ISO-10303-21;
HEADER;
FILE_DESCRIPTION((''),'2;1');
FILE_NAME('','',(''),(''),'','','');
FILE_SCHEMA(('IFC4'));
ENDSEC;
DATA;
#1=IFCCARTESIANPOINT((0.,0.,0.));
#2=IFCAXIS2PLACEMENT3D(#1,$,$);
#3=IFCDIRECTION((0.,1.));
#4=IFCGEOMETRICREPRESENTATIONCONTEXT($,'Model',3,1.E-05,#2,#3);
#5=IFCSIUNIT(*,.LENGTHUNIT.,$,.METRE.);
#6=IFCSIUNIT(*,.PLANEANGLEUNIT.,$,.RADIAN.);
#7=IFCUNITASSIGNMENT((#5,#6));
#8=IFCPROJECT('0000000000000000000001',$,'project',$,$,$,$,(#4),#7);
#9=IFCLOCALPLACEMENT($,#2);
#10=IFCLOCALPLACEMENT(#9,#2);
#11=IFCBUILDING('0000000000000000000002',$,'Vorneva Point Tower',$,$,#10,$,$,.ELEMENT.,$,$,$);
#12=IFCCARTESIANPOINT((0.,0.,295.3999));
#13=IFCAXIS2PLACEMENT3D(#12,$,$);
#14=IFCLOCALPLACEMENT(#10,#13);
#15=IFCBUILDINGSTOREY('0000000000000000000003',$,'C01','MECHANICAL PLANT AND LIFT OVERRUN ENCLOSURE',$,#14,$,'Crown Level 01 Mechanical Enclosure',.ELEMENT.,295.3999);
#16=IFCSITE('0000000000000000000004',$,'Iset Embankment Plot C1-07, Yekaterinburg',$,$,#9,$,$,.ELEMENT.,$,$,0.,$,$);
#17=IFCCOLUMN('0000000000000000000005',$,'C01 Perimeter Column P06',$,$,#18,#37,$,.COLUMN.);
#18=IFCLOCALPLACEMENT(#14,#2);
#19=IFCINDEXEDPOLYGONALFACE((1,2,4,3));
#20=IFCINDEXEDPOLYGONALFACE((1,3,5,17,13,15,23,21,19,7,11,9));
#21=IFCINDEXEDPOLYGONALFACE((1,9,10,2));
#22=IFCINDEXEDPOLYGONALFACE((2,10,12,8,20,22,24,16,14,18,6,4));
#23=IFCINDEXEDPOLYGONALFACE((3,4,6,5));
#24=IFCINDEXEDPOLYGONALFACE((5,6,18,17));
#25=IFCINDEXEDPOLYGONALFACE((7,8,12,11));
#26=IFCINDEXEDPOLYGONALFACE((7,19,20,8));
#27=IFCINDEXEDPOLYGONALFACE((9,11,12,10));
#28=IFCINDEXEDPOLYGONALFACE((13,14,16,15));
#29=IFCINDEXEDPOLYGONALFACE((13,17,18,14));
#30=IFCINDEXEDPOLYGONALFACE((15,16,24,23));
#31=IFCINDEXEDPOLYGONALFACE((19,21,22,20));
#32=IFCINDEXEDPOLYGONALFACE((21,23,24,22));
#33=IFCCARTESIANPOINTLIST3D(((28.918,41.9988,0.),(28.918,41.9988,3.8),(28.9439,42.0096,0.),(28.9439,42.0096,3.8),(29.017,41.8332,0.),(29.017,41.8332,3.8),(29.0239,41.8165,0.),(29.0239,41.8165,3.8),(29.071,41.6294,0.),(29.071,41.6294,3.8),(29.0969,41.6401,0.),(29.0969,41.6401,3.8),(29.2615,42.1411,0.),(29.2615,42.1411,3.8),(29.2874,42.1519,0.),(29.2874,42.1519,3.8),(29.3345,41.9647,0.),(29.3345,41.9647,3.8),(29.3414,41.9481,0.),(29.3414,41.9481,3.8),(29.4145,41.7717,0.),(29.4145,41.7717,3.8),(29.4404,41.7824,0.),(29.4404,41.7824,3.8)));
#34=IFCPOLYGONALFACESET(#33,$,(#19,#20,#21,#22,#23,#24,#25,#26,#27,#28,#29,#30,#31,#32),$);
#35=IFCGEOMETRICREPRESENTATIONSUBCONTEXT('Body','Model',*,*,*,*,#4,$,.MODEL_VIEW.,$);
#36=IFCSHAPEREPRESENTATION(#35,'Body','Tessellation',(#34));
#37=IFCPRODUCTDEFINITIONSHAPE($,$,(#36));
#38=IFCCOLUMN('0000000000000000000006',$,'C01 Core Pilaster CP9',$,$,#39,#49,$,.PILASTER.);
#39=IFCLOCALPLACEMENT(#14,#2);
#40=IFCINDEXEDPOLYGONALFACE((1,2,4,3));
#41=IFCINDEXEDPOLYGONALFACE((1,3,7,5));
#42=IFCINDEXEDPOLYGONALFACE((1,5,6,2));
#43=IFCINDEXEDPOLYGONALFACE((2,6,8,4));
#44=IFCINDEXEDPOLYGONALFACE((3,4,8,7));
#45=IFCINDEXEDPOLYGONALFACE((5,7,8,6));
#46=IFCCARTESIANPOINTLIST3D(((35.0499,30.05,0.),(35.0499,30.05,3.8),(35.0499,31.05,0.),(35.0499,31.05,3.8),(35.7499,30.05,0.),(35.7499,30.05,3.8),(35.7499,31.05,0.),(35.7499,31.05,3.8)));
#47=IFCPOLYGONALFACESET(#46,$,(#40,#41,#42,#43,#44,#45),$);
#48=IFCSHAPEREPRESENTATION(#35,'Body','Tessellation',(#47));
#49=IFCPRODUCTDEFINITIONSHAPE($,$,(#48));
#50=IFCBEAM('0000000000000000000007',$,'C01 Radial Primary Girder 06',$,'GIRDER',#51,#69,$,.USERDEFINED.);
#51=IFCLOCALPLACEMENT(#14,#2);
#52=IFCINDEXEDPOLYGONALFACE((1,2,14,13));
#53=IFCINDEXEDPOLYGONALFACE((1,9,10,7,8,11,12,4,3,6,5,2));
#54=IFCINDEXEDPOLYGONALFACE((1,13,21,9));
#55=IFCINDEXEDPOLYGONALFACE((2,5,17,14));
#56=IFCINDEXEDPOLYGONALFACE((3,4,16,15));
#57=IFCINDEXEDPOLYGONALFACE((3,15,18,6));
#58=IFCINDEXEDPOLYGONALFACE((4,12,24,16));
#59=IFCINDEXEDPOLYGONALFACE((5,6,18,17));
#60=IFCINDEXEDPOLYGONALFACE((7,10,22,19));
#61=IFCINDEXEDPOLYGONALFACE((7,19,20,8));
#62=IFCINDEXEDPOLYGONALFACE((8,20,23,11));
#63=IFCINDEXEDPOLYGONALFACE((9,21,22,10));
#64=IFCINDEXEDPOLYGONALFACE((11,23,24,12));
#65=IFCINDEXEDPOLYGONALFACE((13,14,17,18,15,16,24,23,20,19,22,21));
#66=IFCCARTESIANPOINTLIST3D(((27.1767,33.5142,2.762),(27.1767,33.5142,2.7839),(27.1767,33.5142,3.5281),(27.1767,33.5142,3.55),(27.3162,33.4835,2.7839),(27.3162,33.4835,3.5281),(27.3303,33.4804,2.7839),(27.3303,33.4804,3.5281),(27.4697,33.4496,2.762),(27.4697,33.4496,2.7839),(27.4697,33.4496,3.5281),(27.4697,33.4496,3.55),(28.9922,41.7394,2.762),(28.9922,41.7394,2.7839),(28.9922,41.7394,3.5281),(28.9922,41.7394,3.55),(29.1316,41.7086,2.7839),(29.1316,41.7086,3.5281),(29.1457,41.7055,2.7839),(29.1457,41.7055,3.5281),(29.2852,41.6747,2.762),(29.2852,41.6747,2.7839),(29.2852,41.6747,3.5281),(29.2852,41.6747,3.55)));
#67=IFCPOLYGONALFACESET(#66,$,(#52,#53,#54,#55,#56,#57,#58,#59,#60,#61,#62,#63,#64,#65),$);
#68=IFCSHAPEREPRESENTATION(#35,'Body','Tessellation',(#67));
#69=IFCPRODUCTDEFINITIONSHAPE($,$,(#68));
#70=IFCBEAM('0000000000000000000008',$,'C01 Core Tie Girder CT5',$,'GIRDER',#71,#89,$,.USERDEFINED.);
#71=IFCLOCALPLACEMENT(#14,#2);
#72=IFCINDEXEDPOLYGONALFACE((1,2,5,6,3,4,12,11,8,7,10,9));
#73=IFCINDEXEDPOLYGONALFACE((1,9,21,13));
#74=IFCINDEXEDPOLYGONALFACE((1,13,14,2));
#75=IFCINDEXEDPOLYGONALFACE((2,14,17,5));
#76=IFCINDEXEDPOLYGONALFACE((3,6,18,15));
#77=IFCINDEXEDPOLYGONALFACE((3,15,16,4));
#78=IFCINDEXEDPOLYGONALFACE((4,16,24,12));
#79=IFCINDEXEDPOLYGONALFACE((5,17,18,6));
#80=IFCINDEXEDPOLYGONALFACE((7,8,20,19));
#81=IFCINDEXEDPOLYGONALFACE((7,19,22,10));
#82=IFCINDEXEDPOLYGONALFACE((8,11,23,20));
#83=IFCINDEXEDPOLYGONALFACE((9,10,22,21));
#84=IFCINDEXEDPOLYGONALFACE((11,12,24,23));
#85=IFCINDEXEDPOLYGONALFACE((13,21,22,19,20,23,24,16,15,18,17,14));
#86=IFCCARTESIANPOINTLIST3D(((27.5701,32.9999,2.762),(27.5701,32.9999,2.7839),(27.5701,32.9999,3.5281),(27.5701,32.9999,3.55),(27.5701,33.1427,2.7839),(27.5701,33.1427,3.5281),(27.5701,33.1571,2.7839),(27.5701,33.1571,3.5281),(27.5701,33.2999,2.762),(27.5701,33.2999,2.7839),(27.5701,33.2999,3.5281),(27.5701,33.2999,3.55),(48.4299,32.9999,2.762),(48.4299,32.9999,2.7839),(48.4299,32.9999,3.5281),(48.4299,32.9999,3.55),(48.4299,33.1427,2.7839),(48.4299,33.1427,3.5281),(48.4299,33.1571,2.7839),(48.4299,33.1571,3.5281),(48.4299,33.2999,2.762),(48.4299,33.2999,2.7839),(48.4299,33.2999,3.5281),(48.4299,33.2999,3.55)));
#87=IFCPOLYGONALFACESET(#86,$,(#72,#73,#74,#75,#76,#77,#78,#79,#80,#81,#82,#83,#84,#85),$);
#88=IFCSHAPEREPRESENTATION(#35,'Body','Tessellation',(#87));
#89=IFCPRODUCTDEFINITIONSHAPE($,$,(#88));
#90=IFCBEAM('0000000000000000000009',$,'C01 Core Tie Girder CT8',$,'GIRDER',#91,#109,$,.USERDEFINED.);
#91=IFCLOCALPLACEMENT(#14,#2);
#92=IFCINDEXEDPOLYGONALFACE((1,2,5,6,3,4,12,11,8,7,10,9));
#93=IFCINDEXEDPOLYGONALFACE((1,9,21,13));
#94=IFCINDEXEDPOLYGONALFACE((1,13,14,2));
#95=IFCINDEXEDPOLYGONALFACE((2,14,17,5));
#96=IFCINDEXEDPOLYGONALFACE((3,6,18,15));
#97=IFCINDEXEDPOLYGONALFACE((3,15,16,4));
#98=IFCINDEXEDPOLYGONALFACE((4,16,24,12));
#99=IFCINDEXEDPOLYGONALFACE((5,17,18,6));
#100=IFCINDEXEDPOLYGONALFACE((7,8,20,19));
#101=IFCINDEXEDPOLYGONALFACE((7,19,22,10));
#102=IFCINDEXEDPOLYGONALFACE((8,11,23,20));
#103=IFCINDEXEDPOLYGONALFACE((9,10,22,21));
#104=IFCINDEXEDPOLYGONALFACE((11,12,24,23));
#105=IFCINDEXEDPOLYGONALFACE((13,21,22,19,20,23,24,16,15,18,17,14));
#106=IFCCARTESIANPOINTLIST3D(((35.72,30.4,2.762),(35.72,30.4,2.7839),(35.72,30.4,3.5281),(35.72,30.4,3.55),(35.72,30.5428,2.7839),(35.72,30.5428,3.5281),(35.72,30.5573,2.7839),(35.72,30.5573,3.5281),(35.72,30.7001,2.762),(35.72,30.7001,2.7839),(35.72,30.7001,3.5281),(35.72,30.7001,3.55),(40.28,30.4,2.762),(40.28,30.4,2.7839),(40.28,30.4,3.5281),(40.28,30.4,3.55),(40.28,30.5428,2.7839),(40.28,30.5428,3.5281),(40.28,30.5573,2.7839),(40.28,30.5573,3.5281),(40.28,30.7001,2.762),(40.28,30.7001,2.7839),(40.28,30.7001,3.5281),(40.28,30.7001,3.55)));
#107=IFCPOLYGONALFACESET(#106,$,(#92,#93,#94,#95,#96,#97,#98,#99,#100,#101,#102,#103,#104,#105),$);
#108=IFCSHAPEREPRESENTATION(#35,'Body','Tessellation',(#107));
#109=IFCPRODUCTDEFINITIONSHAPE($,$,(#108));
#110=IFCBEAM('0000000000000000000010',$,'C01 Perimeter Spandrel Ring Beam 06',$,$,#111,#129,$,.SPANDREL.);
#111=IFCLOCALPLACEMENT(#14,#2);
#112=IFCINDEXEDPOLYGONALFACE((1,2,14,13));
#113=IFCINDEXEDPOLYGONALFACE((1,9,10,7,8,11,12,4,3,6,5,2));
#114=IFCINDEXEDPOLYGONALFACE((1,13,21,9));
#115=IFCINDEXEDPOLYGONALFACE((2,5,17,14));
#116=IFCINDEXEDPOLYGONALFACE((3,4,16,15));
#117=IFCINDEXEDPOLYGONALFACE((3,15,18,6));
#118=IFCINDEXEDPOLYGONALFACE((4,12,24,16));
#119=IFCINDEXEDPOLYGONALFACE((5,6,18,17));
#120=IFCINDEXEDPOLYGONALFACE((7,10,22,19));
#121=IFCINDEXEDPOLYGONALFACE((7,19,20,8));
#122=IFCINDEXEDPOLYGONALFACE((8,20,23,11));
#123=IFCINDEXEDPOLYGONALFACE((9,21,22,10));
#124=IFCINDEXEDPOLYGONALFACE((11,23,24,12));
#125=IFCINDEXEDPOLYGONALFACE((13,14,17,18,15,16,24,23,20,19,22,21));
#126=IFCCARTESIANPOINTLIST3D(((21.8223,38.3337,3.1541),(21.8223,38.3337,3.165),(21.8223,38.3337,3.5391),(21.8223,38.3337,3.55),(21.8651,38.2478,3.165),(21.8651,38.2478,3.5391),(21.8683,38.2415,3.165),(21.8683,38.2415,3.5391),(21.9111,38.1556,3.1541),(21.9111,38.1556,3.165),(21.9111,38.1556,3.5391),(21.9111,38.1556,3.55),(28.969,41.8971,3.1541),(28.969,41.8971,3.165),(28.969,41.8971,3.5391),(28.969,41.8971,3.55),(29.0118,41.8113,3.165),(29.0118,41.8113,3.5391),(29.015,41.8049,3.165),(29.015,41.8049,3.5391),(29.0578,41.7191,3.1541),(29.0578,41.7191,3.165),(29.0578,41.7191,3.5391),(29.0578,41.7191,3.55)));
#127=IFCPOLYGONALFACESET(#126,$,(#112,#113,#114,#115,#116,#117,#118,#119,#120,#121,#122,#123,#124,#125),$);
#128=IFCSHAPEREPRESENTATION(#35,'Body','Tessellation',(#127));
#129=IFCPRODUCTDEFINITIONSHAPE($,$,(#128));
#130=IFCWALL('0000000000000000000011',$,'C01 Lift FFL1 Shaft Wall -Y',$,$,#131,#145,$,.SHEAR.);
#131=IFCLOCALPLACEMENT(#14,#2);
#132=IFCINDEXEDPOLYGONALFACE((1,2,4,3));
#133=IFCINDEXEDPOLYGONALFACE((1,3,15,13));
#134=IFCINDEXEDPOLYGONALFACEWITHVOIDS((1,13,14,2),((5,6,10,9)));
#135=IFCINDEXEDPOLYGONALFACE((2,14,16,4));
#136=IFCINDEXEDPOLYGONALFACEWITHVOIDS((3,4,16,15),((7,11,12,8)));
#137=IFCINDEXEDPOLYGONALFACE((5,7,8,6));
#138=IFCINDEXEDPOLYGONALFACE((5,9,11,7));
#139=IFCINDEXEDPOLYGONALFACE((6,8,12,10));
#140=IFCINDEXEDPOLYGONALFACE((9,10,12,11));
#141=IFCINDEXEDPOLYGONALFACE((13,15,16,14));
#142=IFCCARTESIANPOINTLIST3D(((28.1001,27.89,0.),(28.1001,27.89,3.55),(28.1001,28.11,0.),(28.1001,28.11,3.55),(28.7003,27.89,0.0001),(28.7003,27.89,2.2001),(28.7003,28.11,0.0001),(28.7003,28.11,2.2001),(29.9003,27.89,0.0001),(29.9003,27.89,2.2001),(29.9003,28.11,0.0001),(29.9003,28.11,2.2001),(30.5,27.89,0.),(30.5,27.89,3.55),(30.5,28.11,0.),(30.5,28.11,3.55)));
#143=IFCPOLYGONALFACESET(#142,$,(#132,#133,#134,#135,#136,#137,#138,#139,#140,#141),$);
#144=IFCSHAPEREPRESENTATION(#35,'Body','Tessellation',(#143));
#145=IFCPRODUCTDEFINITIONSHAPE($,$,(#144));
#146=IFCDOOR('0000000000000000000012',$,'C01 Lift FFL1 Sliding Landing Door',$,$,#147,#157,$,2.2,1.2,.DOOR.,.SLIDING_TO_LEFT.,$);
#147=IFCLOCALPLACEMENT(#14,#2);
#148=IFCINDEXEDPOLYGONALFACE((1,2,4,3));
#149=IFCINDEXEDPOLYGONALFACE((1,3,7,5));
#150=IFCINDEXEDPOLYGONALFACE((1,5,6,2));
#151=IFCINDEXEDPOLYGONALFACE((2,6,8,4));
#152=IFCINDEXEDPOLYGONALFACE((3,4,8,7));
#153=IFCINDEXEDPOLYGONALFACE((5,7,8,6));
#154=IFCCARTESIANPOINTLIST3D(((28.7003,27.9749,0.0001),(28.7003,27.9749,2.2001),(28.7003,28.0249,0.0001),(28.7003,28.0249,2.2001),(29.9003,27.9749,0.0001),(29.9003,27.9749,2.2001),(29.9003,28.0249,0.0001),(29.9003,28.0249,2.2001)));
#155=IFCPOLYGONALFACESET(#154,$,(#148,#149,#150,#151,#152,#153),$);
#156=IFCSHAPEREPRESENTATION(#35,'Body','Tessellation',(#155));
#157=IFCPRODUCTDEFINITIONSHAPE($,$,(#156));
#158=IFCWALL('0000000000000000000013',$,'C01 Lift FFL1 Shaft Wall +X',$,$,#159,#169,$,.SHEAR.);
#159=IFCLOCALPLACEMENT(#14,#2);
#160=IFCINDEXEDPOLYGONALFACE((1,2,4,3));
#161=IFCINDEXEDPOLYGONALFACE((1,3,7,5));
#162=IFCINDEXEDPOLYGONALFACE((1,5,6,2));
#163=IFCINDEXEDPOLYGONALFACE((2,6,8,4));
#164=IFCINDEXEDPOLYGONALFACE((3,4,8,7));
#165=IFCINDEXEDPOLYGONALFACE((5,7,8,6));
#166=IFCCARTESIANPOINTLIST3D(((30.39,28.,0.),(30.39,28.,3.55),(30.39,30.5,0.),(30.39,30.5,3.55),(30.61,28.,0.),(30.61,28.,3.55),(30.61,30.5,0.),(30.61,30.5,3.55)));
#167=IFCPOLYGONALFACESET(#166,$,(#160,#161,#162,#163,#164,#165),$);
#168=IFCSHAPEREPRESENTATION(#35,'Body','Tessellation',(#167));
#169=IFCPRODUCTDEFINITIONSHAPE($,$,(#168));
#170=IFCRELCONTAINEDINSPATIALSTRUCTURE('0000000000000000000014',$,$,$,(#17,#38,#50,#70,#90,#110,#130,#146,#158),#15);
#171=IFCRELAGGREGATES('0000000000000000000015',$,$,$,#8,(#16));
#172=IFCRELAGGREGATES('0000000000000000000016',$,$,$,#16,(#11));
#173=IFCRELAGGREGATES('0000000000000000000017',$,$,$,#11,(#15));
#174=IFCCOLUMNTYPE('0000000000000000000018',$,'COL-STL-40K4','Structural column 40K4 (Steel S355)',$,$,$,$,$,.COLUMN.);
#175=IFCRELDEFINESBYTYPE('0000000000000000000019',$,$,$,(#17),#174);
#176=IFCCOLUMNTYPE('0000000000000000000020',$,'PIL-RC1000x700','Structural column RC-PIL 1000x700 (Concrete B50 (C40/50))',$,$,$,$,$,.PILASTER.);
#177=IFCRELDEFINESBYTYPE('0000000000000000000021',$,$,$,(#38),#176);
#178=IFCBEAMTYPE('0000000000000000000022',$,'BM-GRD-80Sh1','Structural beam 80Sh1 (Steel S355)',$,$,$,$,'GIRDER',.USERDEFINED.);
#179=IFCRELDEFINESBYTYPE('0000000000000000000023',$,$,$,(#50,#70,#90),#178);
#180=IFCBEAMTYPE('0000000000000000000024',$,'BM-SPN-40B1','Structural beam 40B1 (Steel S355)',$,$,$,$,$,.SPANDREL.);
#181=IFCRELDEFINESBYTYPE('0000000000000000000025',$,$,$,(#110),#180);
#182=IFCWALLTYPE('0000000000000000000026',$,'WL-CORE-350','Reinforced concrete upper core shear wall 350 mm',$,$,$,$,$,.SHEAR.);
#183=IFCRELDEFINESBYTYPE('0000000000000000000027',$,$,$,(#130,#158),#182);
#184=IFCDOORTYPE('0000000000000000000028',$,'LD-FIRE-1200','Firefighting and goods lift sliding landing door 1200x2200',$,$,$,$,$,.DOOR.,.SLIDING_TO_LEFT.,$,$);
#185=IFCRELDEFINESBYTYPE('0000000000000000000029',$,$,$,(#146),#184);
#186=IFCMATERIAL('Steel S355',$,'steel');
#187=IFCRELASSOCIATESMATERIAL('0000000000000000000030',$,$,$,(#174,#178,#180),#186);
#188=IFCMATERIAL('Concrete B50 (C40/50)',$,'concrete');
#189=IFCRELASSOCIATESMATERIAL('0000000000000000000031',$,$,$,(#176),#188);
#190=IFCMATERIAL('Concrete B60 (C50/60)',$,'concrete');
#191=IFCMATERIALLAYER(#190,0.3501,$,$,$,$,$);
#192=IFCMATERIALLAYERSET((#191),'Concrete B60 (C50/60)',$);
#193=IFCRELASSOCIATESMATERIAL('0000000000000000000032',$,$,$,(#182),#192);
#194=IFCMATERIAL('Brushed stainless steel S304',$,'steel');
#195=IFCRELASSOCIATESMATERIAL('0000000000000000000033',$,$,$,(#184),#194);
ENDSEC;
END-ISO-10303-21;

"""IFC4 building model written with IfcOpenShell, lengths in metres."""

from ifc_helpers import new_model, si_unit, direction, frame, frame_2d, origin, origin_2d, place, context, subcontext, project, spatial, rectangle, i_section, extrude, material, layer, layer_set, material_profile, profile_set, type_object, element, fill, save


model = new_model("IFC4")

# Units and contexts
model_context = context("Model", 3, precision=1e-05, world=origin(), true_north=direction((0.0, 1.0)))
body_context = subcontext(model_context, "Body", "Model", "MODEL_VIEW")
ifc_project = project(units=[si_unit("LENGTHUNIT", "METRE"), si_unit("PLANEANGLEUNIT", "RADIAN")], contexts=[model_context])

# Site, building, storey
site_placement = place(None, origin())
site = spatial("IfcSite", under=ifc_project, at=site_placement, Name="Iset Embankment Plot C1-07, Yekaterinburg", CompositionType="ELEMENT", RefElevation=0.0)
building_placement = place(site_placement, origin())
building = spatial("IfcBuilding", under=site, at=building_placement, Name="Vorneva Point Tower", CompositionType="ELEMENT")
storey_placement = place(building_placement, frame((0.0, 0.0, 295.3999)))
storey = spatial("IfcBuildingStorey", under=building, at=storey_placement, Name="C01", Description="MECHANICAL PLANT AND LIFT OVERRUN ENCLOSURE", LongName="Crown Level 01 Mechanical Enclosure", CompositionType="ELEMENT", Elevation=295.3999)

# Columns
ifc_material_1 = material(Name="Steel S355", Category="steel")
ifc_material_profile_1 = material_profile(ifc_material_1, i_section(OverallWidth=0.3999, OverallDepth=0.3999, WebThickness=0.0181, FlangeThickness=0.0281, at=origin_2d()), Name="40K4")
ifc_profile_set_1 = profile_set([ifc_material_profile_1], Name="Steel S355")
column_type_1 = type_object("IfcColumnType", Name="COL-STL-40K4", Description="Structural column 40K4 (Steel S355)", PredefinedType="COLUMN", material=ifc_profile_set_1)
column_1_placement = place(storey_placement, frame((29.1792, 41.8906, 0.0), z_axis=(0.0, 0.0, 1.0), x_axis=(-0.382683, 0.92388, 0.0)))
element("IfcColumn", 1, at=column_1_placement, inside=storey, type_object=column_type_1, Name="C01 Perimeter Column P06", PredefinedType="COLUMN", context=body_context, shape_type="SweptSolid", body=[
    extrude(i_section(OverallWidth=0.3999, OverallDepth=0.3999, WebThickness=0.0181, FlangeThickness=0.0281, at=origin_2d()), origin(), (0.0, 0.0, 1.0), 3.8),
])
ifc_material_2 = material(Name="Concrete B50 (C40/50)", Category="concrete")
ifc_material_profile_2 = material_profile(ifc_material_2, rectangle(XDim=0.7, YDim=1.0, at=origin_2d()), Name="RC-PIL 1000x700")
ifc_profile_set_2 = profile_set([ifc_material_profile_2], Name="Concrete B50 (C40/50)")
column_type_2 = type_object("IfcColumnType", Name="PIL-RC1000x700", Description="Structural column RC-PIL 1000x700 (Concrete B50 (C40/50))", PredefinedType="PILASTER", material=ifc_profile_set_2)
column_2_placement = place(storey_placement, frame((35.3999, 30.55, 0.0), z_axis=(0.0, 0.0, 1.0), x_axis=(1.0, 0.0, 0.0)))
element("IfcColumn", 2, at=column_2_placement, inside=storey, type_object=column_type_2, Name="C01 Core Pilaster CP9", PredefinedType="PILASTER", context=body_context, shape_type="SweptSolid", body=[
    extrude(rectangle(XDim=0.7, YDim=1.0, at=origin_2d()), origin(), (0.0, 0.0, 1.0), 3.8),
])

# Beams
ifc_material_profile_3 = material_profile(ifc_material_1, i_section(OverallWidth=0.3, OverallDepth=0.7881, WebThickness=0.0144, FlangeThickness=0.022, at=origin_2d()), Name="80Sh1")
ifc_profile_set_3 = profile_set([ifc_material_profile_3], Name="Steel S355")
beam_type_1 = type_object("IfcBeamType", Name="BM-GRD-80Sh1", Description="Structural beam 80Sh1 (Steel S355)", ElementType="GIRDER", PredefinedType="USERDEFINED", material=ifc_profile_set_3)
beam_1_placement = place(storey_placement, frame((29.1387, 41.707, 3.156), z_axis=(-0.215531, -0.976497, 0.0), x_axis=(0.976497, -0.215531, 0.0)))
element("IfcBeam", 3, at=beam_1_placement, inside=storey, type_object=beam_type_1, Name="C01 Radial Primary Girder 06", ObjectType="GIRDER", PredefinedType="USERDEFINED", context=body_context, shape_type="SweptSolid", body=[
    extrude(i_section(OverallWidth=0.3, OverallDepth=0.7881, WebThickness=0.0144, FlangeThickness=0.022, at=origin_2d()), origin(), (0.0, 0.0, 1.0), 8.4231),
])
beam_2_placement = place(storey_placement, frame((27.5701, 33.1499, 3.156), z_axis=(1.0, 0.0, 0.0), x_axis=(0.0, 1.0, 0.0)))
element("IfcBeam", 4, at=beam_2_placement, inside=storey, type_object=beam_type_1, Name="C01 Core Tie Girder CT5", ObjectType="GIRDER", PredefinedType="USERDEFINED", context=body_context, shape_type="SweptSolid", body=[
    extrude(i_section(OverallWidth=0.3, OverallDepth=0.7881, WebThickness=0.0144, FlangeThickness=0.022, at=origin_2d()), origin(), (0.0, 0.0, 1.0), 20.8599),
])
beam_3_placement = place(storey_placement, frame((35.72, 30.55, 3.156), z_axis=(1.0, 0.0, 0.0), x_axis=(0.0, 1.0, 0.0)))
element("IfcBeam", 5, at=beam_3_placement, inside=storey, type_object=beam_type_1, Name="C01 Core Tie Girder CT8", ObjectType="GIRDER", PredefinedType="USERDEFINED", context=body_context, shape_type="SweptSolid", body=[
    extrude(i_section(OverallWidth=0.3, OverallDepth=0.7881, WebThickness=0.0144, FlangeThickness=0.022, at=origin_2d()), origin(), (0.0, 0.0, 1.0), 4.5601),
])
ifc_material_profile_4 = material_profile(ifc_material_1, i_section(OverallWidth=0.199, OverallDepth=0.396, WebThickness=0.0071, FlangeThickness=0.011, at=origin_2d()), Name="40B1")
ifc_profile_set_4 = profile_set([ifc_material_profile_4], Name="Steel S355")
beam_type_2 = type_object("IfcBeamType", Name="BM-SPN-40B1", Description="Structural beam 40B1 (Steel S355)", PredefinedType="SPANDREL", material=ifc_profile_set_4)
beam_4_placement = place(storey_placement, frame((29.0134, 41.8081, 3.3521), z_axis=(-0.894922, -0.446223, 0.0), x_axis=(0.446223, -0.894922, 0.0)))
element("IfcBeam", 6, at=beam_4_placement, inside=storey, type_object=beam_type_2, Name="C01 Perimeter Spandrel Ring Beam 06", PredefinedType="SPANDREL", context=body_context, shape_type="SweptSolid", body=[
    extrude(i_section(OverallWidth=0.199, OverallDepth=0.396, WebThickness=0.0071, FlangeThickness=0.011, at=origin_2d()), origin(), (0.0, 0.0, 1.0), 7.9858),
])

# Wall, opening, door
ifc_material_3 = material(Name="Concrete B60 (C50/60)", Category="concrete")
ifc_layer_1 = layer(ifc_material_3, 0.3501)
ifc_layer_set_1 = layer_set([ifc_layer_1], Name="Concrete B60 (C50/60)")
wall_type_1 = type_object("IfcWallType", Name="WL-CORE-350", Description="Reinforced concrete upper core shear wall 350 mm", PredefinedType="SHEAR", material=ifc_layer_set_1)
wall_1_placement = place(storey_placement, frame((28.1001, 28.0, 0.0), z_axis=(0.0, 0.0, 1.0), x_axis=(1.0, 0.0, 0.0)))
wall_1 = element("IfcWall", 7, at=wall_1_placement, inside=storey, type_object=wall_type_1, Name="C01 Lift FFL1 Shaft Wall -Y", PredefinedType="SHEAR", context=body_context, shape_type="SweptSolid", body=[
    extrude(rectangle(XDim=2.3999, YDim=0.22, at=frame_2d((1.2, 0.0))), origin(), (0.0, 0.0, 1.0), 3.55),
])
opening_1_placement = place(wall_1_placement, frame((0.6001, 0.0, 0.0)))
opening_1 = element("IfcOpeningElement", 8, at=opening_1_placement, cuts=wall_1, PredefinedType="OPENING", context=body_context, shape_type="SweptSolid", body=[
    extrude(rectangle(XDim=1.2, YDim=2.2, at=frame_2d((0.6001, 1.1001))), frame((0.0, 0.125, 0.0), z_axis=(0.0, -1.0, 0.0), x_axis=(1.0, 0.0, 0.0)), (0.0, 0.0, 1.0), 0.2498),
])
ifc_material_4 = material(Name="Brushed stainless steel S304", Category="steel")
door_type_1 = type_object("IfcDoorType", Name="LD-FIRE-1200", Description="Firefighting and goods lift sliding landing door 1200x2200", OperationType="SLIDING_TO_LEFT", PredefinedType="DOOR", material=ifc_material_4)
door_1_placement = place(opening_1_placement, origin())
door_1 = element("IfcDoor", 9, at=door_1_placement, inside=storey, type_object=door_type_1, Name="C01 Lift FFL1 Sliding Landing Door", OperationType="SLIDING_TO_LEFT", OverallHeight=2.2, OverallWidth=1.2, PredefinedType="DOOR", context=body_context, shape_type="SweptSolid", body=[
    extrude(rectangle(XDim=1.2, YDim=2.2, at=frame_2d((0.6001, 1.1001))), frame((0.0, 0.0249, 0.0), z_axis=(0.0, -1.0, 0.0), x_axis=(1.0, 0.0, 0.0)), (0.0, 0.0, 1.0), 0.05),
])
fill(opening_1, door_1)

# Wall
wall_2_placement = place(storey_placement, frame((30.5, 28.0, 0.0), z_axis=(0.0, 0.0, 1.0), x_axis=(0.0, 1.0, 0.0)))
element("IfcWall", 10, at=wall_2_placement, inside=storey, type_object=wall_type_1, Name="C01 Lift FFL1 Shaft Wall +X", PredefinedType="SHEAR", context=body_context, shape_type="SweptSolid", body=[
    extrude(rectangle(XDim=2.5, YDim=0.22, at=frame_2d((1.25, 0.0))), origin(), (0.0, 0.0, 1.0), 3.55),
])

save(model, "model.ifc")
